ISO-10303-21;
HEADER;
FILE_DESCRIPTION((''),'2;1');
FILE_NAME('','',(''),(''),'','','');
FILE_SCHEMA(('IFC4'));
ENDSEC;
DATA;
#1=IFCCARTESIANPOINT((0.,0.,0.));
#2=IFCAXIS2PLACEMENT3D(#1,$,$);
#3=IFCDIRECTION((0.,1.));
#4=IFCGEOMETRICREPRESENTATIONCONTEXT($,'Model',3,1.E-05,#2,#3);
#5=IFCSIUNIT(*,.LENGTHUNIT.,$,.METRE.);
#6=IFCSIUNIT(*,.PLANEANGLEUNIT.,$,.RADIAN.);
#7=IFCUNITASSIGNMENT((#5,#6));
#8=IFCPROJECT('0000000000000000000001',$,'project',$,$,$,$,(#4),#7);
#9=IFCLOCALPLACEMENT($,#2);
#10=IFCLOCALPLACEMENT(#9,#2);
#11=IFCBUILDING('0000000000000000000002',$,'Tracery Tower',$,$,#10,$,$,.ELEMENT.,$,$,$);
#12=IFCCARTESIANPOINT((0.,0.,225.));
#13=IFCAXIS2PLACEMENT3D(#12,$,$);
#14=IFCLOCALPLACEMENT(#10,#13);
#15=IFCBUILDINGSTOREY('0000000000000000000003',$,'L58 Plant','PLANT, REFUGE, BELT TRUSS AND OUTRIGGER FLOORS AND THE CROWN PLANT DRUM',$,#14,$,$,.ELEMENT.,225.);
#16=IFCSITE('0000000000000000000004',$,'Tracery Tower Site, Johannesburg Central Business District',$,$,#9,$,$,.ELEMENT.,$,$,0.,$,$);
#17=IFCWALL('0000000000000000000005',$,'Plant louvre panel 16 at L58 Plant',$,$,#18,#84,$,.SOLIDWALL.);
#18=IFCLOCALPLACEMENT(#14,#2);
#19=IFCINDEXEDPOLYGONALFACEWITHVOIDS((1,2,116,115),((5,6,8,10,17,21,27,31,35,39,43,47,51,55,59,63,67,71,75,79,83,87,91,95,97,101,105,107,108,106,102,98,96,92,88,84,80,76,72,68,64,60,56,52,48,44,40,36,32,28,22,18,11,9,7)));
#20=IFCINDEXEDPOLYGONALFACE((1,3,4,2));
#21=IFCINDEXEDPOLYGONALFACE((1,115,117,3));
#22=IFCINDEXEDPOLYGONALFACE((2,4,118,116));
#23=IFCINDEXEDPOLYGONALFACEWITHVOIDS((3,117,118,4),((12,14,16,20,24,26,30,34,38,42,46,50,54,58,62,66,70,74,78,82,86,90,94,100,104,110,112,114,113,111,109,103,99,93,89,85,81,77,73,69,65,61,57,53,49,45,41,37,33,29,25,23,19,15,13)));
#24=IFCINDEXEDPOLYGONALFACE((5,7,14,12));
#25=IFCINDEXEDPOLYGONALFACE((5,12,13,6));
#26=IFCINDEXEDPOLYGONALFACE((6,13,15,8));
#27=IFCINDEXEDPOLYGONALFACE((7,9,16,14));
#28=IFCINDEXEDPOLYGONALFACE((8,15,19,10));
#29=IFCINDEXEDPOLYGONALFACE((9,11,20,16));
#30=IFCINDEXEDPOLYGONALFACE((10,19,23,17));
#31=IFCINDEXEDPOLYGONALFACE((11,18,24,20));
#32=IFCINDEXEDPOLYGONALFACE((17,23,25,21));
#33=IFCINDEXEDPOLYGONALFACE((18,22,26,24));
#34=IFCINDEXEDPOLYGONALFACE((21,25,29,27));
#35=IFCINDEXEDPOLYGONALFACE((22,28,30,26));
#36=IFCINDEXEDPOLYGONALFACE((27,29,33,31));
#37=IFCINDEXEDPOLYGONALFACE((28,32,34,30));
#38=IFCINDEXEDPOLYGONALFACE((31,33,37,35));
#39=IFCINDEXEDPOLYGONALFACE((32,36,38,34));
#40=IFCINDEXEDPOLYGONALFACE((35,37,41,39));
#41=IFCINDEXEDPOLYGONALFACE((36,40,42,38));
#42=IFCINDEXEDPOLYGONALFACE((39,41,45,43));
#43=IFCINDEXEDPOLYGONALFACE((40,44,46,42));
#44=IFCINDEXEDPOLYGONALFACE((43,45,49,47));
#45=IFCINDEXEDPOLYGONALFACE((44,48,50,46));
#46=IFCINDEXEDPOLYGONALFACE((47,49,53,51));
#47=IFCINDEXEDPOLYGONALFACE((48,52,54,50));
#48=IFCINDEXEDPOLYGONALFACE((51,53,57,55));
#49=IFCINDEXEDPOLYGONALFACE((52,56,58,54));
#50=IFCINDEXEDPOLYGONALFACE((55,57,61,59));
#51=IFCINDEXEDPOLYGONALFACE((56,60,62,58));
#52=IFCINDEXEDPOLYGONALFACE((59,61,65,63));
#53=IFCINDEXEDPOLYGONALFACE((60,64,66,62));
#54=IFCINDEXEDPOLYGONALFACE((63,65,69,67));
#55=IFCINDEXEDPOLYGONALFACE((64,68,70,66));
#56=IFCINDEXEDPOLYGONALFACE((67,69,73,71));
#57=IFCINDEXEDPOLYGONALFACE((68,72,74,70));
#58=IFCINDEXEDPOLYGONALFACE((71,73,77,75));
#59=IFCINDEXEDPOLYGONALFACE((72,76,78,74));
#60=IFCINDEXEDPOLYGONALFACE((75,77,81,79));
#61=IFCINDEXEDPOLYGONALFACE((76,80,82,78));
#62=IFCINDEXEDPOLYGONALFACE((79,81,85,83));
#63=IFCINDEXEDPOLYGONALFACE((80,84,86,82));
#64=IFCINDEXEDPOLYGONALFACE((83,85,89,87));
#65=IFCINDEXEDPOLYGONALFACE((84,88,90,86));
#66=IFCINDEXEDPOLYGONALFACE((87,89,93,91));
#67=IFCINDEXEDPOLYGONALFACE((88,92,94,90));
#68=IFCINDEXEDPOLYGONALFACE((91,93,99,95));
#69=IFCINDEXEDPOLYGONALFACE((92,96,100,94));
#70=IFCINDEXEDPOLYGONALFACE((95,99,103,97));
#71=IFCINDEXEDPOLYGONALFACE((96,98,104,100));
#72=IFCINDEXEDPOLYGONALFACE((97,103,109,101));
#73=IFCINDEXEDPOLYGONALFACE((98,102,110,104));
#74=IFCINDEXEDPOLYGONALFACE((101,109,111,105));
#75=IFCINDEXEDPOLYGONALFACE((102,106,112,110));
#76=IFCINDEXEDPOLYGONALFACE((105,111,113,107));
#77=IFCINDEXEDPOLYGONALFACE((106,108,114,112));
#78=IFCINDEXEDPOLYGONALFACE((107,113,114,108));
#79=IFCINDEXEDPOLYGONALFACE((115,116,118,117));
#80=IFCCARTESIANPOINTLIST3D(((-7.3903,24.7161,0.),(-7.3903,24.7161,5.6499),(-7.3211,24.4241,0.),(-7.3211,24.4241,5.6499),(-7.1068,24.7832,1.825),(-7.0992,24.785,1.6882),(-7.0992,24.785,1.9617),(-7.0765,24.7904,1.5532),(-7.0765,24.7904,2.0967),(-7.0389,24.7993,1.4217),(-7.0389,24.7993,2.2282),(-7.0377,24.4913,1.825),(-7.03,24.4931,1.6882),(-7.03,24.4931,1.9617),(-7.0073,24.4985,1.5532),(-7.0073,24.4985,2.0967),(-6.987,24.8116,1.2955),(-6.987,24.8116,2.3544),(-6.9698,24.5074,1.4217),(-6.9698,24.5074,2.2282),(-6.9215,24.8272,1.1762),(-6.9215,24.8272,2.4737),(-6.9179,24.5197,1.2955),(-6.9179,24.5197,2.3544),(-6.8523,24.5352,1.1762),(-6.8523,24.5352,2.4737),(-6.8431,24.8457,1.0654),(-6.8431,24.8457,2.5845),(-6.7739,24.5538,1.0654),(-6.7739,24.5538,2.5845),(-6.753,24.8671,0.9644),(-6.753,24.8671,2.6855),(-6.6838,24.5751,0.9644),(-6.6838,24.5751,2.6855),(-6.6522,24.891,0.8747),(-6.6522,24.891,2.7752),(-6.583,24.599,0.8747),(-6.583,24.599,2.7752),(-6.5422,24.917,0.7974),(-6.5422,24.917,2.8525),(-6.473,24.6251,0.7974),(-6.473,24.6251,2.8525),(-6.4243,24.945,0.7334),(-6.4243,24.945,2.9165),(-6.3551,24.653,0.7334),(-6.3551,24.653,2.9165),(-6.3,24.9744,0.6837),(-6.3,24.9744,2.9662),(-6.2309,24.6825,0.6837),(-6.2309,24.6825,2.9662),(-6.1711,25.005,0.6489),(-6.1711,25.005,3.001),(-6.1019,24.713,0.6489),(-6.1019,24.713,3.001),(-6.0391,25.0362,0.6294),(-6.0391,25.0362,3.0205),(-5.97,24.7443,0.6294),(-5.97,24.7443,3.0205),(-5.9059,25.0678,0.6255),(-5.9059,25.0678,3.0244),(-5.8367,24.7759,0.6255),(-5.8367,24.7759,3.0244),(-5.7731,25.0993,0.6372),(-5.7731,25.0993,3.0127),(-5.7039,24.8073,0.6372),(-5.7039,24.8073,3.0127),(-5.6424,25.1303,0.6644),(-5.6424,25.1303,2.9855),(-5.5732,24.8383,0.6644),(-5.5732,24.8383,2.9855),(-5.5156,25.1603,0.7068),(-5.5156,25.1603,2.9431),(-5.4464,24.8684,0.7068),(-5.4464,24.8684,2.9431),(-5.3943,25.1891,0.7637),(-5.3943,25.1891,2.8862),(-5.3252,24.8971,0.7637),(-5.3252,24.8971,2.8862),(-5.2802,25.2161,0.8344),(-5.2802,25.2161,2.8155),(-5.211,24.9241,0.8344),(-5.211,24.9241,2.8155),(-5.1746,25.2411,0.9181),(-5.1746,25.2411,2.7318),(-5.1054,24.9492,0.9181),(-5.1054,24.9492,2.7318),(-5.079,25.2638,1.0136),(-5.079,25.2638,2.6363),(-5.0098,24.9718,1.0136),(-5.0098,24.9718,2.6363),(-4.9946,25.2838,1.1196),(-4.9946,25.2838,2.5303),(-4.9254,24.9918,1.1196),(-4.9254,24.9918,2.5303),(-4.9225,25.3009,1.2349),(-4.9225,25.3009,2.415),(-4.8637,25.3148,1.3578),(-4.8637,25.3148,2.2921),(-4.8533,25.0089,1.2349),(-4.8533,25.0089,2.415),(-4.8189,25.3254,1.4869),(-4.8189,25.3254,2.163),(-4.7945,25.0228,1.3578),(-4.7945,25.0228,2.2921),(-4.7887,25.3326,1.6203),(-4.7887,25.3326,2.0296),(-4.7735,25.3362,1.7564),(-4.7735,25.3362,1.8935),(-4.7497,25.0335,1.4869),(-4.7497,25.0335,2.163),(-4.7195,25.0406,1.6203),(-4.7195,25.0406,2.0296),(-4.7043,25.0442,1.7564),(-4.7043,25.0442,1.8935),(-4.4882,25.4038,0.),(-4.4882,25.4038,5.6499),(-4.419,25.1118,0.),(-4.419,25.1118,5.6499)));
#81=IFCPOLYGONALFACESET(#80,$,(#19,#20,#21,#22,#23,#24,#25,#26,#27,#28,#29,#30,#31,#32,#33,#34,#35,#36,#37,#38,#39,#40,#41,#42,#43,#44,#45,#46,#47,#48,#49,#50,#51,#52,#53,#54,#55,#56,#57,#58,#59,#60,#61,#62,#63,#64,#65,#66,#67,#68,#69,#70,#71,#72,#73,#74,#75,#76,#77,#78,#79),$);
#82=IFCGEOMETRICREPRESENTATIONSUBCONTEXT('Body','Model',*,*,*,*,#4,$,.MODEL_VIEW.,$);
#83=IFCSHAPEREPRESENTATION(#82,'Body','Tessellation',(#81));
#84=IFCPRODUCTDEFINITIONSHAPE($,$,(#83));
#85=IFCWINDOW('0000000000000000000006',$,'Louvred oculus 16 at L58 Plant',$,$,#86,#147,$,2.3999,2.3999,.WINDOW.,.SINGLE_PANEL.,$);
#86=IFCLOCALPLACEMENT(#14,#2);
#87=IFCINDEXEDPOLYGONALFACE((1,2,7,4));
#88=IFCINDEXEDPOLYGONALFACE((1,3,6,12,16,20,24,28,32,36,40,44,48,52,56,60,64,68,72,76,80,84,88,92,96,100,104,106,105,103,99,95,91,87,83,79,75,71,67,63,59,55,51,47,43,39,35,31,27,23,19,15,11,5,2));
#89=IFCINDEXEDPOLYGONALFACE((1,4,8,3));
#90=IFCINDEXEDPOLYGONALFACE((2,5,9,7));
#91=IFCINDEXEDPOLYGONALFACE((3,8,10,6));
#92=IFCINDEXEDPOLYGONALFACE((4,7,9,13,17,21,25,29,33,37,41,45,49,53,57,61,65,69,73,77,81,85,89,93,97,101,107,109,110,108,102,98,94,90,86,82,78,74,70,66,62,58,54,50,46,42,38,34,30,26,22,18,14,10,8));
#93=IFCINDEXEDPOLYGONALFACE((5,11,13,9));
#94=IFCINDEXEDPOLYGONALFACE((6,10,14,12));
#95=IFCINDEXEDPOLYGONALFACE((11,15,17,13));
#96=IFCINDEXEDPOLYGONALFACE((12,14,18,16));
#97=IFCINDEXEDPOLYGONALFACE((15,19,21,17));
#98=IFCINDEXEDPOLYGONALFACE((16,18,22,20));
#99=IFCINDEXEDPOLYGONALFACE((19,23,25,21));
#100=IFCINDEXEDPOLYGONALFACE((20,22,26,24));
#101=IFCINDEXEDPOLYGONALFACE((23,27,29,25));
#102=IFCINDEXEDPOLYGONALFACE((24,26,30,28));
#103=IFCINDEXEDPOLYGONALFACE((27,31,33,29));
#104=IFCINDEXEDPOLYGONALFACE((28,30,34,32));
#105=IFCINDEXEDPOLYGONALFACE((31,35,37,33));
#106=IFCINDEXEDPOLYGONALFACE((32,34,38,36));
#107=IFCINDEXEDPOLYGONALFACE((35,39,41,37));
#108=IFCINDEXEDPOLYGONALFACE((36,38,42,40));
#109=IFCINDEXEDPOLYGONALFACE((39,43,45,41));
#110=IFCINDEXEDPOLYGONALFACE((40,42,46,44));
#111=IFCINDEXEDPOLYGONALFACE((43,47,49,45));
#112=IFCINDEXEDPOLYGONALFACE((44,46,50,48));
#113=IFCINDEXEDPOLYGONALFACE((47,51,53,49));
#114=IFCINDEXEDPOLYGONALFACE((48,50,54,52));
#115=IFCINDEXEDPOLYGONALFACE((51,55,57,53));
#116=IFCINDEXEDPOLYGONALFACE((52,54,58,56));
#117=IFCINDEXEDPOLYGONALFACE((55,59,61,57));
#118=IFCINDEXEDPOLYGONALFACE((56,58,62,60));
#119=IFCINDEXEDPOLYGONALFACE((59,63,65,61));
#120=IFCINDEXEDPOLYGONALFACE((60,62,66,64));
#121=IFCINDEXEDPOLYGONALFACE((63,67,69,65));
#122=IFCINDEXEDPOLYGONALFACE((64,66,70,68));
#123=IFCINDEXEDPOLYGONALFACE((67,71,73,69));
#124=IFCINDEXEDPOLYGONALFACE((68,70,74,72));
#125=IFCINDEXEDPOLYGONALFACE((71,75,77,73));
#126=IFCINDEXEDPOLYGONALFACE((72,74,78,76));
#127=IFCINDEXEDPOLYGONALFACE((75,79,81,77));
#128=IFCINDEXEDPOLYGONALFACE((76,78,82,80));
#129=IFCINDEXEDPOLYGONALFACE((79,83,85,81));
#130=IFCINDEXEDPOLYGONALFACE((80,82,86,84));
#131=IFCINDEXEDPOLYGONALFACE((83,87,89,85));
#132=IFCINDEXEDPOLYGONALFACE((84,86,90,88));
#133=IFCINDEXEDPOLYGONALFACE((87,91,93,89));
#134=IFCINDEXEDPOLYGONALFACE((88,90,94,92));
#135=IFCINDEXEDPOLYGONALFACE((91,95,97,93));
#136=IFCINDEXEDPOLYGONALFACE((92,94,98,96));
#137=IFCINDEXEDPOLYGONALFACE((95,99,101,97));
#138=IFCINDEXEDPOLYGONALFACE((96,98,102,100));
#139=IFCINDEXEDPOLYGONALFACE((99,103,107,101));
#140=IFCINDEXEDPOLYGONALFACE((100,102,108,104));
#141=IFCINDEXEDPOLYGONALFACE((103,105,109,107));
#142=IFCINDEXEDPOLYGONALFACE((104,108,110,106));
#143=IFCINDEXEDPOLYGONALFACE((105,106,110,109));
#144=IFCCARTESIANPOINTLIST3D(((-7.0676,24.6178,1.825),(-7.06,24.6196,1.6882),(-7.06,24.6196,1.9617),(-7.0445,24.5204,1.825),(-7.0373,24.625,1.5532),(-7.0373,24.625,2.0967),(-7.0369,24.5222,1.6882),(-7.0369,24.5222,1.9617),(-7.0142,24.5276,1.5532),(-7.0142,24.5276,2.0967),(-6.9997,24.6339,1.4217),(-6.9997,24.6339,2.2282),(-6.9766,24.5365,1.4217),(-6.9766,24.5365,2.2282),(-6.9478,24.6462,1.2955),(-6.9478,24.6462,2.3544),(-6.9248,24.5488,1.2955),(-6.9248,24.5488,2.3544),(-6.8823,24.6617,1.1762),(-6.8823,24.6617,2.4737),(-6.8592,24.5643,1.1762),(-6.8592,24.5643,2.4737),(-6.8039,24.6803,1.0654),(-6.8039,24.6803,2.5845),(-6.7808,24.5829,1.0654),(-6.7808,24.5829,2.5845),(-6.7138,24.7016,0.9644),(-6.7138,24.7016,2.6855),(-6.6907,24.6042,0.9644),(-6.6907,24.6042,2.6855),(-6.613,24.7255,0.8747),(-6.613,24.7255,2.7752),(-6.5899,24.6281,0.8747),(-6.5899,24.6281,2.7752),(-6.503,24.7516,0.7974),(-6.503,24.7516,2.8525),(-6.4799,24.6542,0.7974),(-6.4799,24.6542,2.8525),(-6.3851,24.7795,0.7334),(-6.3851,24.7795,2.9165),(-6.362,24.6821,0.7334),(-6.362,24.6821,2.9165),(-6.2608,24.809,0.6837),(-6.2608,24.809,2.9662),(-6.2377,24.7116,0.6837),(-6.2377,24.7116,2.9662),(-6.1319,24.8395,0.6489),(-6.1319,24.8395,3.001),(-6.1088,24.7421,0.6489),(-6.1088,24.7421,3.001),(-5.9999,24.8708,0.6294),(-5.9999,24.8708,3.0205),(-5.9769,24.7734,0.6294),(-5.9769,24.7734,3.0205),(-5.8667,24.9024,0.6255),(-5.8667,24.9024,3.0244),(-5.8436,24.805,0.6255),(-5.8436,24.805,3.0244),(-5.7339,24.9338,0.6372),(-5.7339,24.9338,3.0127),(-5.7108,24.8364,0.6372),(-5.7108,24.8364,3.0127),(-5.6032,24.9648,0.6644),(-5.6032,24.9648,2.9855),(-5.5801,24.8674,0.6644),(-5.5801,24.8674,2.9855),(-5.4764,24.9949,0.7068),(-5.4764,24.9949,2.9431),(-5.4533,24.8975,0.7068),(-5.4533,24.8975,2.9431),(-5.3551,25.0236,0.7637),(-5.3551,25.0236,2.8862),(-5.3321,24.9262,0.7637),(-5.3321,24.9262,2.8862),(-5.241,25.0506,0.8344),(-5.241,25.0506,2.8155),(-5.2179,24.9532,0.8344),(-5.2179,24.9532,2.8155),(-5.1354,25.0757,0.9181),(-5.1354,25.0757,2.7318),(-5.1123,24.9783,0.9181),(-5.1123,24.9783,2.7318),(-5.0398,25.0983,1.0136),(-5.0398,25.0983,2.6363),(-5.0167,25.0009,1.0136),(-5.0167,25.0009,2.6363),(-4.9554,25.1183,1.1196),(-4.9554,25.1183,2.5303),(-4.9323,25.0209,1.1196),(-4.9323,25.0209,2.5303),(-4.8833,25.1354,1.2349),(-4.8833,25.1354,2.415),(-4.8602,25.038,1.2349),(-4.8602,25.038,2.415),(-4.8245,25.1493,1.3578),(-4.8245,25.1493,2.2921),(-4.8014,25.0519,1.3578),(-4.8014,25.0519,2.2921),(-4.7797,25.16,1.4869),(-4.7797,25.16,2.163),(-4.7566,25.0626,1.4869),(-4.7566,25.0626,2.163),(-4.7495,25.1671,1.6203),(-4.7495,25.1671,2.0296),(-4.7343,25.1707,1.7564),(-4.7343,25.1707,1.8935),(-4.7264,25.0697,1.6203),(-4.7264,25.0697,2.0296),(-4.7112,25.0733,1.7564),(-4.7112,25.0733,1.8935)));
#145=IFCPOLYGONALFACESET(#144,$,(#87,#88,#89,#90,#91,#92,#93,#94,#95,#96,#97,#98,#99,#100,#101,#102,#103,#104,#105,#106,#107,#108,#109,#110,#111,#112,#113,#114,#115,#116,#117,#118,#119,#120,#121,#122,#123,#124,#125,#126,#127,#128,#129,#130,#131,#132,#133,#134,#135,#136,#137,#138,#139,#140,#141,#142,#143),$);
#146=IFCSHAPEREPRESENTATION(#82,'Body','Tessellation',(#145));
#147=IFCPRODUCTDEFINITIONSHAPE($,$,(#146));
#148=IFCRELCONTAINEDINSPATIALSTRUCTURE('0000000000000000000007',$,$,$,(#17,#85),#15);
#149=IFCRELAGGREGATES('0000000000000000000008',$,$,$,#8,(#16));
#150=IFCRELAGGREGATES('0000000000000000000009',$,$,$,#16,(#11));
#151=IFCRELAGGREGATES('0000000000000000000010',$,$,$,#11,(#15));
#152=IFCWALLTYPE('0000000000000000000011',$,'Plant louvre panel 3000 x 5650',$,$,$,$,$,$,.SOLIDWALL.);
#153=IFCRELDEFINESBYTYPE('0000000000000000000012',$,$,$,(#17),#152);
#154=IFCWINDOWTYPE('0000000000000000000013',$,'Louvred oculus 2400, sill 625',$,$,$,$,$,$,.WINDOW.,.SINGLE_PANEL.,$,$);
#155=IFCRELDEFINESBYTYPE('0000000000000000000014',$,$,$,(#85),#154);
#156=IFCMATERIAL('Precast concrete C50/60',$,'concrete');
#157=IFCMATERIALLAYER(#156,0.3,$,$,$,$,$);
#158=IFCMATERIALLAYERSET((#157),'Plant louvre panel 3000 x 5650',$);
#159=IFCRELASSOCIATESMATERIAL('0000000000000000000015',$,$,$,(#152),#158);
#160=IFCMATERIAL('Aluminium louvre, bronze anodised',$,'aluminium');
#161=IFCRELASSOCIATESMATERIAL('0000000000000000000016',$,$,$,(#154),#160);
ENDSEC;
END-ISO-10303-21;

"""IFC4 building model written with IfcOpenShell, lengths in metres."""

from ifc_helpers import new_model, si_unit, direction, frame, frame_2d, origin, origin_2d, place, context, subcontext, project, spatial, rectangle, circle, extrude, material, layer, layer_set, type_object, element, fill, save


model = new_model("IFC4")

# Units and contexts
model_context = context("Model", 3, precision=1e-05, world=origin(), true_north=direction((0.0, 1.0)))
body_context = subcontext(model_context, "Body", "Model", "MODEL_VIEW")
ifc_project = project(units=[si_unit("LENGTHUNIT", "METRE"), si_unit("PLANEANGLEUNIT", "RADIAN")], contexts=[model_context])

# Site, building, storey
site_placement = place(None, origin())
site = spatial("IfcSite", under=ifc_project, at=site_placement, Name="Tracery Tower Site, Johannesburg Central Business District", CompositionType="ELEMENT", RefElevation=0.0)
building_placement = place(site_placement, origin())
building = spatial("IfcBuilding", under=site, at=building_placement, Name="Tracery Tower", CompositionType="ELEMENT")
storey_placement = place(building_placement, frame((0.0, 0.0, 225.0)))
storey = spatial("IfcBuildingStorey", under=building, at=storey_placement, Name="L58 Plant", Description="PLANT, REFUGE, BELT TRUSS AND OUTRIGGER FLOORS AND THE CROWN PLANT DRUM", CompositionType="ELEMENT", Elevation=225.0)

# Wall, opening, window
ifc_material_1 = material(Name="Precast concrete C50/60", Category="concrete")
ifc_layer_1 = layer(ifc_material_1, 0.3)
ifc_layer_set_1 = layer_set([ifc_layer_1], Name="Plant louvre panel 3000 x 5650")
wall_type_1 = type_object("IfcWallType", Name="Plant louvre panel 3000 x 5650", PredefinedType="SOLIDWALL", material=ifc_layer_set_1)
ifc_material_2 = material(Name="Aluminium louvre, bronze anodised", Category="aluminium")
window_type = type_object("IfcWindowType", Name="Louvred oculus 2400, sill 625", PartitioningType="SINGLE_PANEL", PredefinedType="WINDOW", material=ifc_material_2)
wall_1_placement = place(storey_placement, frame((-4.4536, 25.2578, 0.0), z_axis=(0.0, 0.0, 1.0), x_axis=(-0.97305, -0.230595, 0.0)))
wall_1 = element("IfcWall", 1, at=wall_1_placement, inside=storey, type_object=wall_type_1, Name="Plant louvre panel 16 at L58 Plant", PredefinedType="SOLIDWALL", context=body_context, shape_type="SweptSolid", body=[
    extrude(rectangle(XDim=2.9824, YDim=0.3, at=frame_2d((1.4912, 0.0))), origin(), (0.0, 0.0, 1.0), 5.6499),
])
opening_1_placement = place(wall_1_placement, frame((1.4912, 0.0, 1.825)))
opening_1 = element("IfcOpeningElement", 2, at=opening_1_placement, cuts=wall_1, PredefinedType="OPENING", context=body_context, shape_type="SweptSolid", body=[
    extrude(circle(Radius=1.2, at=origin_2d()), frame((0.0, 0.1599, 0.0), z_axis=(0.0, -1.0, 0.0), x_axis=(1.0, 0.0, 0.0)), (0.0, 0.0, 1.0), 0.3201),
])
window_1_placement = place(opening_1_placement, origin())
window_1 = element("IfcWindow", 3, at=window_1_placement, inside=storey, type_object=window_type, Name="Louvred oculus 16 at L58 Plant", OverallHeight=2.3999, OverallWidth=2.3999, PartitioningType="SINGLE_PANEL", PredefinedType="WINDOW", context=body_context, shape_type="SweptSolid", body=[
    extrude(circle(Radius=1.2, at=origin_2d()), frame((0.0, 0.1201, 0.0), z_axis=(0.0, -1.0, 0.0), x_axis=(1.0, 0.0, 0.0)), (0.0, 0.0, 1.0), 0.1001),
])
fill(opening_1, window_1)

save(model, "model.ifc")
